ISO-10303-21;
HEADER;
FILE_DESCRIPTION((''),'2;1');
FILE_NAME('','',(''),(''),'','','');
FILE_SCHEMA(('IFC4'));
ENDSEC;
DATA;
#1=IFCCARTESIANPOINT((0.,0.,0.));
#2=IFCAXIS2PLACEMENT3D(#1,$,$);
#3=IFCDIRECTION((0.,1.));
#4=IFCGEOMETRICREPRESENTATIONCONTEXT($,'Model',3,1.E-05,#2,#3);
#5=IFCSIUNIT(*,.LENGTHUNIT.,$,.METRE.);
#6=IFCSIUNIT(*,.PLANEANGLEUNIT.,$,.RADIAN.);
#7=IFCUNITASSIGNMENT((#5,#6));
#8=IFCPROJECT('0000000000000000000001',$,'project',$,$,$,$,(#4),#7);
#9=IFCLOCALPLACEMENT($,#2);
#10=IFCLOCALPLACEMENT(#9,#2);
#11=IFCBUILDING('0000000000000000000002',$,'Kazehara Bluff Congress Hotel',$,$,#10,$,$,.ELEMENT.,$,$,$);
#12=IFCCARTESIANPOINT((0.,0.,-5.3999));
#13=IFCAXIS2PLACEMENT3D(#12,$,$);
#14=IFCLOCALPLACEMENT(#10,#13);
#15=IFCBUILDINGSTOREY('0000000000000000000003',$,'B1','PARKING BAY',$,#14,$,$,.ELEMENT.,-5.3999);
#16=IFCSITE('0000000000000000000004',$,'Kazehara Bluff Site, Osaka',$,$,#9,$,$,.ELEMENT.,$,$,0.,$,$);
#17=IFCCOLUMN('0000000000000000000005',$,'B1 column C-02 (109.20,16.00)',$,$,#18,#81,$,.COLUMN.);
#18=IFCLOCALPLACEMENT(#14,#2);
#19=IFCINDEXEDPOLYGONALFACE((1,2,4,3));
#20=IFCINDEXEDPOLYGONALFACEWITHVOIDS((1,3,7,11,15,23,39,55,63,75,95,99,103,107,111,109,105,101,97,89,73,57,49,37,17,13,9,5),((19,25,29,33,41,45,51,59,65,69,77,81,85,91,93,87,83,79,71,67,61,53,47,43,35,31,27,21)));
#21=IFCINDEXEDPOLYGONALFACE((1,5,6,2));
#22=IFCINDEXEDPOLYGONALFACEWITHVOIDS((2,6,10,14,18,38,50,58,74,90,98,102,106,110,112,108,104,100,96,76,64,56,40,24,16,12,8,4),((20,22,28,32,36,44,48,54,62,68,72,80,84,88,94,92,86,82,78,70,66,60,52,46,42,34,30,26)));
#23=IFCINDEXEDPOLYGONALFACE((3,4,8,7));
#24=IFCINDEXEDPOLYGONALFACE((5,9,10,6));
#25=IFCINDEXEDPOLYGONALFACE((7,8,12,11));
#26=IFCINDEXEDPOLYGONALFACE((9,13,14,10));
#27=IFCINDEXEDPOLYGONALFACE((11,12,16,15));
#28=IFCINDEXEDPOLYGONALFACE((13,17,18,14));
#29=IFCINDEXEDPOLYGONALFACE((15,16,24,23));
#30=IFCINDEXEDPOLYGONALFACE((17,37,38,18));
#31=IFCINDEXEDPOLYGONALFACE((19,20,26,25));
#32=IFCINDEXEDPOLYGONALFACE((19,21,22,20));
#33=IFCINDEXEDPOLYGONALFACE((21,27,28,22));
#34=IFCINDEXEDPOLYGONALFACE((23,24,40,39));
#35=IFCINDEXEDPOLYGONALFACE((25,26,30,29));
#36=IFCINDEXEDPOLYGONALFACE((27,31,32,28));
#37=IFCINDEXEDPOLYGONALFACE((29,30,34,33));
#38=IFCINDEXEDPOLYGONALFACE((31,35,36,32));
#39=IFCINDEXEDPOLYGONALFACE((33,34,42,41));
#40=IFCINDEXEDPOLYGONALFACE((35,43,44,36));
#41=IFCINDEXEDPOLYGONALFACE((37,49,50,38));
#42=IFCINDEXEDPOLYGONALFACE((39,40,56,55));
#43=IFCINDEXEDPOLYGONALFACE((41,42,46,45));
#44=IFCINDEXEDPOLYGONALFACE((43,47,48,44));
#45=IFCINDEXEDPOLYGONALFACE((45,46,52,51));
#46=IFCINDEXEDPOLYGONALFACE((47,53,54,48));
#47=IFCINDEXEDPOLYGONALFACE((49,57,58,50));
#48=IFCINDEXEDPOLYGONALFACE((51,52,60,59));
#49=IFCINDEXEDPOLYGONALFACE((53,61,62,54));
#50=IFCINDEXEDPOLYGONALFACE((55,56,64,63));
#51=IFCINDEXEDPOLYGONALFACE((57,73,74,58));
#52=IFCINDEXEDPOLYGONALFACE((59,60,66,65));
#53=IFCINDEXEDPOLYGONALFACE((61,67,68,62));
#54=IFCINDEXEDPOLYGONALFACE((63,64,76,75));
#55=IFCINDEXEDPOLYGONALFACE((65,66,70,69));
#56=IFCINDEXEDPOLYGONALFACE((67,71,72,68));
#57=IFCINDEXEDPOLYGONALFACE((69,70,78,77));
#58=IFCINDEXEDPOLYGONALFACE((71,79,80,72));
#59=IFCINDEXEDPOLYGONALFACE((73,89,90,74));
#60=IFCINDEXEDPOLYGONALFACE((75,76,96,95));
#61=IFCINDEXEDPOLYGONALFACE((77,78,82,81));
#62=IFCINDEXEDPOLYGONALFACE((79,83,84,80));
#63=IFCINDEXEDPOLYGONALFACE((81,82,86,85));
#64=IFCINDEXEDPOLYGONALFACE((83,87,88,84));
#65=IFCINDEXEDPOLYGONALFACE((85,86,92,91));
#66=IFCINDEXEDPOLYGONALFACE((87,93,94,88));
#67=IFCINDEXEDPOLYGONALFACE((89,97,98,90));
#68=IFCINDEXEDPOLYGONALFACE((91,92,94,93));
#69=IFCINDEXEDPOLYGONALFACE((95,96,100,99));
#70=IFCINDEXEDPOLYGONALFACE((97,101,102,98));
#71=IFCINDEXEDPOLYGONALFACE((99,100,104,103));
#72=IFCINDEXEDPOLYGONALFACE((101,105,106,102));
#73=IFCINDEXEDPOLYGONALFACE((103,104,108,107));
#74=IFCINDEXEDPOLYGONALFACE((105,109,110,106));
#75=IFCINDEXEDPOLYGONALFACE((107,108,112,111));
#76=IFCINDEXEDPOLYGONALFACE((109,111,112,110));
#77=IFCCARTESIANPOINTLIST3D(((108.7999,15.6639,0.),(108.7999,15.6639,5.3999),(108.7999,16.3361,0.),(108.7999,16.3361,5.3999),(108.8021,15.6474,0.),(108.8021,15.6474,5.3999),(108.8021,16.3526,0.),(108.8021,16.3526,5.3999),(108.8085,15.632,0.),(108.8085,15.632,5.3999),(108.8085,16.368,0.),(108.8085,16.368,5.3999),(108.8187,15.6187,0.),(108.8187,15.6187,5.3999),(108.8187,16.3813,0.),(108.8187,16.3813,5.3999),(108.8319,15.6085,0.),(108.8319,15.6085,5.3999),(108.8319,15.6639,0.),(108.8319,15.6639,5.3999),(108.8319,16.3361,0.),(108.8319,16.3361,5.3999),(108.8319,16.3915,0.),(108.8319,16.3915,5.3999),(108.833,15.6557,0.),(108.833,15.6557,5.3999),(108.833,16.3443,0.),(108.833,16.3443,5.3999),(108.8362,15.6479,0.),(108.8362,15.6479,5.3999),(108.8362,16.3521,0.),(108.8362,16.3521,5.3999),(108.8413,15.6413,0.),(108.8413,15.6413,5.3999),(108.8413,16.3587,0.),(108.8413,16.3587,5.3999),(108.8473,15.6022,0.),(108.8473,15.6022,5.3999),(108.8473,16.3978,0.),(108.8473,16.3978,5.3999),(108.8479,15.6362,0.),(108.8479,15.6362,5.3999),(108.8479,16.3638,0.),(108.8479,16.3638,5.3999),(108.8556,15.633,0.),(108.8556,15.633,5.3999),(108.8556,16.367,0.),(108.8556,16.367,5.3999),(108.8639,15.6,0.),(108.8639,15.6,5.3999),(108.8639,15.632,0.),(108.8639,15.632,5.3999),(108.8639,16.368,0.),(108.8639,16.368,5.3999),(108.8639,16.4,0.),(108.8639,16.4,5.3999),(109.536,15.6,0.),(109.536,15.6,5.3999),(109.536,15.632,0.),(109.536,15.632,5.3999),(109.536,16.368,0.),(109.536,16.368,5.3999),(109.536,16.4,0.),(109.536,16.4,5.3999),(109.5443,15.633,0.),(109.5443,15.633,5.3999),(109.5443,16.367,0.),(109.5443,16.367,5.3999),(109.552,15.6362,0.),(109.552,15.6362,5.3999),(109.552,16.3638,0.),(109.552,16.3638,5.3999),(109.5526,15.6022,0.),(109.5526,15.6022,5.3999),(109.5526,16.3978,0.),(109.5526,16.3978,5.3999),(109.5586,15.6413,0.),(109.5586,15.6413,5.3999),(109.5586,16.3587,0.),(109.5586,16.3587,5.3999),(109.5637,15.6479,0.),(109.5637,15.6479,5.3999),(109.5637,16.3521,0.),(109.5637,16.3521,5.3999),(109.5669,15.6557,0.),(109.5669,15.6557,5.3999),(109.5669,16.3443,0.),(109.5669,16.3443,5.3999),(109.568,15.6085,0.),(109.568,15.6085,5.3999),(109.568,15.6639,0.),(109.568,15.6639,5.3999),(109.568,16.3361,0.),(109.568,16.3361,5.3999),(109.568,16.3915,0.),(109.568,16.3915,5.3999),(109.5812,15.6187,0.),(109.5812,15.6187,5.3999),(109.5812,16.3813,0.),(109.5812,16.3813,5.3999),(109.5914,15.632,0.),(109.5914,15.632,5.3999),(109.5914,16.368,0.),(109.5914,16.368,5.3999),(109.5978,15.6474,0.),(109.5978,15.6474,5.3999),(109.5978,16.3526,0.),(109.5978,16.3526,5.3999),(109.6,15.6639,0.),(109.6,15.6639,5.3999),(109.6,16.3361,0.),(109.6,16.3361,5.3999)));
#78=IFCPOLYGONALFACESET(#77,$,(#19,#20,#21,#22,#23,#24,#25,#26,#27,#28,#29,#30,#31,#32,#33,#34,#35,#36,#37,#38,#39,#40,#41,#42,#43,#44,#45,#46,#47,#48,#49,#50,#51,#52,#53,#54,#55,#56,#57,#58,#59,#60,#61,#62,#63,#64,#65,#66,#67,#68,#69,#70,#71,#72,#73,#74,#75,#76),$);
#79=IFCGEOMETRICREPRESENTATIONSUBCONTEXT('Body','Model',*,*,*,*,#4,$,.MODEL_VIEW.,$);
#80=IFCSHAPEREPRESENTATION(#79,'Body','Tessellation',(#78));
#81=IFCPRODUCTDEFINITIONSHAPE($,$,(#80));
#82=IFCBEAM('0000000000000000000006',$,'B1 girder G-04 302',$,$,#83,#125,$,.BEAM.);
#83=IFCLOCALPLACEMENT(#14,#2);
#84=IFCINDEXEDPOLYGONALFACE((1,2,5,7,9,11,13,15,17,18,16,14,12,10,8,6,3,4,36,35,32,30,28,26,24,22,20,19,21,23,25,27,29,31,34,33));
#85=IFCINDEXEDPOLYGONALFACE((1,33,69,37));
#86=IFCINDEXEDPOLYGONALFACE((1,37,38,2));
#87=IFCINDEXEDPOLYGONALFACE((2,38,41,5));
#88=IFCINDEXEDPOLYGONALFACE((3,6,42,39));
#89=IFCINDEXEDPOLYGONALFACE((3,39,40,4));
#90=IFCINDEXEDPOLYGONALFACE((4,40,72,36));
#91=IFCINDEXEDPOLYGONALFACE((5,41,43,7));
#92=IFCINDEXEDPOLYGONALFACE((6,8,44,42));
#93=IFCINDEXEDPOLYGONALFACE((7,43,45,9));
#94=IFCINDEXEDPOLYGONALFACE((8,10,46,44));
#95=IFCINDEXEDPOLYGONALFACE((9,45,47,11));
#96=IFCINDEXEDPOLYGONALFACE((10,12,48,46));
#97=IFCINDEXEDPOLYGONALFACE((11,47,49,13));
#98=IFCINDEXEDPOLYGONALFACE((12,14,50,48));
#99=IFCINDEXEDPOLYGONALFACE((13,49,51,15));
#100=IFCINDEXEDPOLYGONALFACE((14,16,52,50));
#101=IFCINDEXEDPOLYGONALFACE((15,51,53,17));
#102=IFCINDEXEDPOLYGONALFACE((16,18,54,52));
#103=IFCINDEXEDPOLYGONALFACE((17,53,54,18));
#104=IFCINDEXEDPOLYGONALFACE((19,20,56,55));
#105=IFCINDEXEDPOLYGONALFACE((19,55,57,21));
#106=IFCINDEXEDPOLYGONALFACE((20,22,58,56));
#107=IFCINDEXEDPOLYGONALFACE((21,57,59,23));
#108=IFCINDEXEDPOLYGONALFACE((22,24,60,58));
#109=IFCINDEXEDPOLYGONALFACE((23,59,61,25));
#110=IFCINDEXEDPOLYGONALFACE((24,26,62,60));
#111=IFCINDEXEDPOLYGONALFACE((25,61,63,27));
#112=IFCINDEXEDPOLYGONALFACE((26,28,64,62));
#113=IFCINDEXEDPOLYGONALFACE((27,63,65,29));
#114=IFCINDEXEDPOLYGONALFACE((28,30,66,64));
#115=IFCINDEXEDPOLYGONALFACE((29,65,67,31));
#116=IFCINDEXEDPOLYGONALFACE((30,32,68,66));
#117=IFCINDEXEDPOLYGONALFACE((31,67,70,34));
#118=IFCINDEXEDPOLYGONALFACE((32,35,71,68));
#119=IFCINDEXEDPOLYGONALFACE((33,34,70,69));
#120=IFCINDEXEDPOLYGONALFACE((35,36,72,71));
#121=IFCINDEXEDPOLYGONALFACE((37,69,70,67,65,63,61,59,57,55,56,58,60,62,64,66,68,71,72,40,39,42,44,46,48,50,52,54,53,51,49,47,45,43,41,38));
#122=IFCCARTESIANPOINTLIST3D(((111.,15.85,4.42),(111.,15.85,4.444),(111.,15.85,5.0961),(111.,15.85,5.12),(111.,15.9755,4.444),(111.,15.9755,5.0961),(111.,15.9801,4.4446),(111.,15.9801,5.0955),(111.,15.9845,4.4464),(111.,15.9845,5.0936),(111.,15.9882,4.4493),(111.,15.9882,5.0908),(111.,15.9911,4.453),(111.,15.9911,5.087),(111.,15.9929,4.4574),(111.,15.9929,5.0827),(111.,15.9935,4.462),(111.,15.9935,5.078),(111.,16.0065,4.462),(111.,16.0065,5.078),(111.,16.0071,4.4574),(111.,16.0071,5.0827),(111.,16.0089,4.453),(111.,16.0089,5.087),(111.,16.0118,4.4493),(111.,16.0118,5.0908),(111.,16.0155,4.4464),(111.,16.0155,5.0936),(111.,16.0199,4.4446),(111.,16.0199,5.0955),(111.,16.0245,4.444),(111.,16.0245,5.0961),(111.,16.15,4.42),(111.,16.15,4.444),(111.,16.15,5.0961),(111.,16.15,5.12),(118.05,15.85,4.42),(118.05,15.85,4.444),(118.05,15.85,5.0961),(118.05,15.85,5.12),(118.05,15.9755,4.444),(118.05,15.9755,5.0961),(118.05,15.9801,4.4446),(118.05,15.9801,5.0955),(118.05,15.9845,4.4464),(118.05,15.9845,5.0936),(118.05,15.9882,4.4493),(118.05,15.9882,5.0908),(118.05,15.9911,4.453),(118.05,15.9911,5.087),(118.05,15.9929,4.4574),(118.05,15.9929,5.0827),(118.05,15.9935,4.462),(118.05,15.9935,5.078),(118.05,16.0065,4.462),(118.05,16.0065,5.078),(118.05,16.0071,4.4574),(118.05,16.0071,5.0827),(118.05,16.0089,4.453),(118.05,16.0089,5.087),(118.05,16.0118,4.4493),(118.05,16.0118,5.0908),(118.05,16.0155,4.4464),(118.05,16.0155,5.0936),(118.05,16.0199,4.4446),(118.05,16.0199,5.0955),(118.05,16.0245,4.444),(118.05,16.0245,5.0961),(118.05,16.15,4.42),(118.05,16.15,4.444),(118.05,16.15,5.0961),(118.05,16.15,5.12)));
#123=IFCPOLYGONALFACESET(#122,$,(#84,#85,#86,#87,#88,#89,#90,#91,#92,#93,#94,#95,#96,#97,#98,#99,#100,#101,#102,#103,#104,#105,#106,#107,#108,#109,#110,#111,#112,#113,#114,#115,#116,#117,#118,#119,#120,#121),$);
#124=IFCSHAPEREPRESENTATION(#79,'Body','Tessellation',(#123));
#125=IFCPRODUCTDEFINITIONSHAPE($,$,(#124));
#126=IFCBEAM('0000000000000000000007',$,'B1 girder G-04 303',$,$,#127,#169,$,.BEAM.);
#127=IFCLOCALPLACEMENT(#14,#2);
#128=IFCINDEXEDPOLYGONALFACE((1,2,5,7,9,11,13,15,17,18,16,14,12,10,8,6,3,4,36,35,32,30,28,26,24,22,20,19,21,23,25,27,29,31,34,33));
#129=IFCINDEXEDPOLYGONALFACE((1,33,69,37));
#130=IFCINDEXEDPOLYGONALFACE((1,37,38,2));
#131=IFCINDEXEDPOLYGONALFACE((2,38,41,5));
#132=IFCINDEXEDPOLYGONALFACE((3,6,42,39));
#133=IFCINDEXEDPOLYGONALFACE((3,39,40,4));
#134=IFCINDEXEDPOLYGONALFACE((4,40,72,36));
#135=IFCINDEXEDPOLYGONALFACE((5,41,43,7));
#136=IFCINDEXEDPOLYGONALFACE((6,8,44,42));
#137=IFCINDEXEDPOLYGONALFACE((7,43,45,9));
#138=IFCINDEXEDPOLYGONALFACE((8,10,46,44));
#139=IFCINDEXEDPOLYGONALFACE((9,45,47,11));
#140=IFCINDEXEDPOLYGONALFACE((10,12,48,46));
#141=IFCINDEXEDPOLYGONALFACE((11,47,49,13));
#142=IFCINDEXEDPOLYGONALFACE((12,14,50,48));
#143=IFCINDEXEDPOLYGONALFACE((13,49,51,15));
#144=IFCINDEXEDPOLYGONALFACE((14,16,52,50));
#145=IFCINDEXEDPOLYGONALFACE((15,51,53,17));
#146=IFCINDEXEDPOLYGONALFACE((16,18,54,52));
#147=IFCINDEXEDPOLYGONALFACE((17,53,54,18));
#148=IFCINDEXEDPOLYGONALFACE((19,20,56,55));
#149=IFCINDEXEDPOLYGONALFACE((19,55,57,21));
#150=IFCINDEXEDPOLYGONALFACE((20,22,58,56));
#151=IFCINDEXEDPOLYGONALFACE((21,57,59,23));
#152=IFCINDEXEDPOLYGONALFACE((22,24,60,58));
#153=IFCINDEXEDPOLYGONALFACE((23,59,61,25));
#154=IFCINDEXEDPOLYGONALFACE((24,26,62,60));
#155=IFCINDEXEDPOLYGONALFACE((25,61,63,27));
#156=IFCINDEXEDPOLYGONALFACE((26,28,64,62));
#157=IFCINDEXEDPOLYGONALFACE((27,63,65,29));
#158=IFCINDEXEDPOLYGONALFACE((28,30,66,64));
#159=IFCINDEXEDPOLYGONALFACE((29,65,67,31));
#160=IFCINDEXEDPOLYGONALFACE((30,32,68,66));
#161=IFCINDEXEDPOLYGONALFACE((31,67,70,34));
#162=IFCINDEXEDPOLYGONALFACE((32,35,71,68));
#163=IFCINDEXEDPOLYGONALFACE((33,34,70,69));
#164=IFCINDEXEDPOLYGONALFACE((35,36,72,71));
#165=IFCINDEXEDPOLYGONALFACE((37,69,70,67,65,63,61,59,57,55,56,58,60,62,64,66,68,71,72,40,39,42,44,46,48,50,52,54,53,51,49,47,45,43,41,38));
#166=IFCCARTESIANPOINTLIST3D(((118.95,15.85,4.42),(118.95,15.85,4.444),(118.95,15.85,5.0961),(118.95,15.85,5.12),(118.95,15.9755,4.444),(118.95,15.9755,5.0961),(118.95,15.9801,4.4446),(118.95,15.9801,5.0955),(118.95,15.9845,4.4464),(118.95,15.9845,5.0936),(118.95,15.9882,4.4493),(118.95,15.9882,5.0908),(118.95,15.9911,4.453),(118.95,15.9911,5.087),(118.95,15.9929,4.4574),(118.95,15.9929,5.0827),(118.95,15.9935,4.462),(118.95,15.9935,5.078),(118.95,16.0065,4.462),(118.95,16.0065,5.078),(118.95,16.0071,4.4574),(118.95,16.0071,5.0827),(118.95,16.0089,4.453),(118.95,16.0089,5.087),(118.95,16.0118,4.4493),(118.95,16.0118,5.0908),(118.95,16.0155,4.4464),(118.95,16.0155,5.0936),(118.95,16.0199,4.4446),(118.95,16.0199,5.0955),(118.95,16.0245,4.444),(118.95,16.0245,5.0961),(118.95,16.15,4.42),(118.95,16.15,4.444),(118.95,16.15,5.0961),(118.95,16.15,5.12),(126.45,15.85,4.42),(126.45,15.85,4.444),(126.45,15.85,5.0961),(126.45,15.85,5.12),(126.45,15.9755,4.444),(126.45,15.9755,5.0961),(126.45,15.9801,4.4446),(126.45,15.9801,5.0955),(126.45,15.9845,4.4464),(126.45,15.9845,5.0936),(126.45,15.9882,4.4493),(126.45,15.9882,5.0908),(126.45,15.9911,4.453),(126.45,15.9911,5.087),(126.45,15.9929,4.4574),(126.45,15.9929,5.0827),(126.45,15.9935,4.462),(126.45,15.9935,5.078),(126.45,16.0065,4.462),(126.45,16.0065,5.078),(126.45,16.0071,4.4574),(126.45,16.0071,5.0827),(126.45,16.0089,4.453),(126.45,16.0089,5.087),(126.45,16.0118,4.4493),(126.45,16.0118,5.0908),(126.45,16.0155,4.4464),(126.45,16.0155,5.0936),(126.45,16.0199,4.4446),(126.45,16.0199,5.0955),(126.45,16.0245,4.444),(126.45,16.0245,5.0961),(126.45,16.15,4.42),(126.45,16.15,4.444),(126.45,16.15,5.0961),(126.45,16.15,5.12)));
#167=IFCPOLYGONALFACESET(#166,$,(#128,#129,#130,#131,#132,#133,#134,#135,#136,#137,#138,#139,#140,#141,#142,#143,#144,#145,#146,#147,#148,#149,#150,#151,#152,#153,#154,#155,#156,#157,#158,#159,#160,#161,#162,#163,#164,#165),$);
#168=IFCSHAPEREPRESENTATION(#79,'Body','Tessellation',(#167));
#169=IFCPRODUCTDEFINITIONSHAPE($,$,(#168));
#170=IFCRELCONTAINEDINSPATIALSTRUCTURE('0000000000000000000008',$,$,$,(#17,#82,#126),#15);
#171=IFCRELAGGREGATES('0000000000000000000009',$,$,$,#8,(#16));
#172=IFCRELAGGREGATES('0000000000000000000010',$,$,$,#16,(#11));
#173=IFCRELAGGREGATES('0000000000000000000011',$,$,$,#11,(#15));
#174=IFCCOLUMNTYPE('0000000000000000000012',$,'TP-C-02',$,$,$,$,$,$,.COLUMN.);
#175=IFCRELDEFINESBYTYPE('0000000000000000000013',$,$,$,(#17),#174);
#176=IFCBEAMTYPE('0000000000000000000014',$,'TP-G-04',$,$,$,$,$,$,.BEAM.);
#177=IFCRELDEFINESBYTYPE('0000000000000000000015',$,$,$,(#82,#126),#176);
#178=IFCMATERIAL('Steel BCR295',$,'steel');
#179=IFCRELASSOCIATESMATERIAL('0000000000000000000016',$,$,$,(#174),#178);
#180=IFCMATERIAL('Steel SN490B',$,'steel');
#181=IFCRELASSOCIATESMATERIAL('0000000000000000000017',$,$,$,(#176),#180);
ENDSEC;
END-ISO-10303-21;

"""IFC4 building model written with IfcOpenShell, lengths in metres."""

from ifc_helpers import new_model, si_unit, direction, frame, origin, origin_2d, place, context, subcontext, project, spatial, hollow_rectangle, i_section, extrude, material, material_profile, profile_set, type_object, element, save


model = new_model("IFC4")

# Units and contexts
model_context = context("Model", 3, precision=1e-05, world=origin(), true_north=direction((0.0, 1.0)))
body_context = subcontext(model_context, "Body", "Model", "MODEL_VIEW")
ifc_project = project(units=[si_unit("LENGTHUNIT", "METRE"), si_unit("PLANEANGLEUNIT", "RADIAN")], contexts=[model_context])

# Site, building, storey
site_placement = place(None, origin())
site = spatial("IfcSite", under=ifc_project, at=site_placement, Name="Kazehara Bluff Site, Osaka", CompositionType="ELEMENT", RefElevation=0.0)
building_placement = place(site_placement, origin())
building = spatial("IfcBuilding", under=site, at=building_placement, Name="Kazehara Bluff Congress Hotel", CompositionType="ELEMENT")
storey_placement = place(building_placement, frame((0.0, 0.0, -5.3999)))
storey = spatial("IfcBuildingStorey", under=building, at=storey_placement, Name="B1", Description="PARKING BAY", CompositionType="ELEMENT", Elevation=-5.3999)

# Column
ifc_material_1 = material(Name="Steel BCR295", Category="steel")
ifc_material_profile_1 = material_profile(ifc_material_1, hollow_rectangle(XDim=0.8, YDim=0.8, WallThickness=0.032, InnerFilletRadius=0.032, OuterFilletRadius=0.064, at=origin_2d()))
ifc_profile_set_1 = profile_set([ifc_material_profile_1], Name="Steel BCR295")
column_type_1 = type_object("IfcColumnType", Name="TP-C-02", PredefinedType="COLUMN", material=ifc_profile_set_1)
column_placement = place(storey_placement, frame((109.2, 16.0, 0.0), z_axis=(0.0, 0.0, 1.0), x_axis=(1.0, 0.0, 0.0)))
element("IfcColumn", 1, at=column_placement, inside=storey, type_object=column_type_1, Name="B1 column C-02 (109.20,16.00)", PredefinedType="COLUMN", context=body_context, shape_type="SweptSolid", body=[
    extrude(hollow_rectangle(XDim=0.8, YDim=0.8, WallThickness=0.032, InnerFilletRadius=0.032, OuterFilletRadius=0.064, at=origin_2d()), origin(), (0.0, 0.0, 1.0), 5.3999),
])

# Beams
ifc_material_2 = material(Name="Steel SN490B", Category="steel")
ifc_material_profile_2 = material_profile(ifc_material_2, i_section(OverallWidth=0.3, OverallDepth=0.7, WebThickness=0.0129, FlangeThickness=0.0239, FilletRadius=0.0181, at=origin_2d()))
ifc_profile_set_2 = profile_set([ifc_material_profile_2], Name="Steel SN490B")
beam_type_1 = type_object("IfcBeamType", Name="TP-G-04", PredefinedType="BEAM", material=ifc_profile_set_2)
beam_1_placement = place(storey_placement, frame((111.0, 16.0, 4.77), z_axis=(1.0, 0.0, 0.0), x_axis=(0.0, 1.0, 0.0)))
element("IfcBeam", 2, at=beam_1_placement, inside=storey, type_object=beam_type_1, Name="B1 girder G-04 302", PredefinedType="BEAM", context=body_context, shape_type="SweptSolid", body=[
    extrude(i_section(OverallWidth=0.3, OverallDepth=0.7, WebThickness=0.0129, FlangeThickness=0.0239, FilletRadius=0.0181, at=origin_2d()), origin(), (0.0, 0.0, 1.0), 7.05),
])
for number, where, z_axis, x_axis, name in (
    (3, (118.95, 16.0, 4.77), (1.0, 0.0, 0.0), (0.0, 1.0, 0.0), "B1 girder G-04 303"),
):
    element("IfcBeam", number, at=place(storey_placement, frame(where, z_axis=z_axis, x_axis=x_axis)), inside=storey, type_object=beam_type_1, Name=name, PredefinedType="BEAM", context=body_context, shape_type="SweptSolid", body=[
        extrude(i_section(OverallWidth=0.3, OverallDepth=0.7, WebThickness=0.0129, FlangeThickness=0.0239, FilletRadius=0.0181, at=origin_2d()), origin(), (0.0, 0.0, 1.0), 7.5),
    ])

save(model, "model.ifc")
